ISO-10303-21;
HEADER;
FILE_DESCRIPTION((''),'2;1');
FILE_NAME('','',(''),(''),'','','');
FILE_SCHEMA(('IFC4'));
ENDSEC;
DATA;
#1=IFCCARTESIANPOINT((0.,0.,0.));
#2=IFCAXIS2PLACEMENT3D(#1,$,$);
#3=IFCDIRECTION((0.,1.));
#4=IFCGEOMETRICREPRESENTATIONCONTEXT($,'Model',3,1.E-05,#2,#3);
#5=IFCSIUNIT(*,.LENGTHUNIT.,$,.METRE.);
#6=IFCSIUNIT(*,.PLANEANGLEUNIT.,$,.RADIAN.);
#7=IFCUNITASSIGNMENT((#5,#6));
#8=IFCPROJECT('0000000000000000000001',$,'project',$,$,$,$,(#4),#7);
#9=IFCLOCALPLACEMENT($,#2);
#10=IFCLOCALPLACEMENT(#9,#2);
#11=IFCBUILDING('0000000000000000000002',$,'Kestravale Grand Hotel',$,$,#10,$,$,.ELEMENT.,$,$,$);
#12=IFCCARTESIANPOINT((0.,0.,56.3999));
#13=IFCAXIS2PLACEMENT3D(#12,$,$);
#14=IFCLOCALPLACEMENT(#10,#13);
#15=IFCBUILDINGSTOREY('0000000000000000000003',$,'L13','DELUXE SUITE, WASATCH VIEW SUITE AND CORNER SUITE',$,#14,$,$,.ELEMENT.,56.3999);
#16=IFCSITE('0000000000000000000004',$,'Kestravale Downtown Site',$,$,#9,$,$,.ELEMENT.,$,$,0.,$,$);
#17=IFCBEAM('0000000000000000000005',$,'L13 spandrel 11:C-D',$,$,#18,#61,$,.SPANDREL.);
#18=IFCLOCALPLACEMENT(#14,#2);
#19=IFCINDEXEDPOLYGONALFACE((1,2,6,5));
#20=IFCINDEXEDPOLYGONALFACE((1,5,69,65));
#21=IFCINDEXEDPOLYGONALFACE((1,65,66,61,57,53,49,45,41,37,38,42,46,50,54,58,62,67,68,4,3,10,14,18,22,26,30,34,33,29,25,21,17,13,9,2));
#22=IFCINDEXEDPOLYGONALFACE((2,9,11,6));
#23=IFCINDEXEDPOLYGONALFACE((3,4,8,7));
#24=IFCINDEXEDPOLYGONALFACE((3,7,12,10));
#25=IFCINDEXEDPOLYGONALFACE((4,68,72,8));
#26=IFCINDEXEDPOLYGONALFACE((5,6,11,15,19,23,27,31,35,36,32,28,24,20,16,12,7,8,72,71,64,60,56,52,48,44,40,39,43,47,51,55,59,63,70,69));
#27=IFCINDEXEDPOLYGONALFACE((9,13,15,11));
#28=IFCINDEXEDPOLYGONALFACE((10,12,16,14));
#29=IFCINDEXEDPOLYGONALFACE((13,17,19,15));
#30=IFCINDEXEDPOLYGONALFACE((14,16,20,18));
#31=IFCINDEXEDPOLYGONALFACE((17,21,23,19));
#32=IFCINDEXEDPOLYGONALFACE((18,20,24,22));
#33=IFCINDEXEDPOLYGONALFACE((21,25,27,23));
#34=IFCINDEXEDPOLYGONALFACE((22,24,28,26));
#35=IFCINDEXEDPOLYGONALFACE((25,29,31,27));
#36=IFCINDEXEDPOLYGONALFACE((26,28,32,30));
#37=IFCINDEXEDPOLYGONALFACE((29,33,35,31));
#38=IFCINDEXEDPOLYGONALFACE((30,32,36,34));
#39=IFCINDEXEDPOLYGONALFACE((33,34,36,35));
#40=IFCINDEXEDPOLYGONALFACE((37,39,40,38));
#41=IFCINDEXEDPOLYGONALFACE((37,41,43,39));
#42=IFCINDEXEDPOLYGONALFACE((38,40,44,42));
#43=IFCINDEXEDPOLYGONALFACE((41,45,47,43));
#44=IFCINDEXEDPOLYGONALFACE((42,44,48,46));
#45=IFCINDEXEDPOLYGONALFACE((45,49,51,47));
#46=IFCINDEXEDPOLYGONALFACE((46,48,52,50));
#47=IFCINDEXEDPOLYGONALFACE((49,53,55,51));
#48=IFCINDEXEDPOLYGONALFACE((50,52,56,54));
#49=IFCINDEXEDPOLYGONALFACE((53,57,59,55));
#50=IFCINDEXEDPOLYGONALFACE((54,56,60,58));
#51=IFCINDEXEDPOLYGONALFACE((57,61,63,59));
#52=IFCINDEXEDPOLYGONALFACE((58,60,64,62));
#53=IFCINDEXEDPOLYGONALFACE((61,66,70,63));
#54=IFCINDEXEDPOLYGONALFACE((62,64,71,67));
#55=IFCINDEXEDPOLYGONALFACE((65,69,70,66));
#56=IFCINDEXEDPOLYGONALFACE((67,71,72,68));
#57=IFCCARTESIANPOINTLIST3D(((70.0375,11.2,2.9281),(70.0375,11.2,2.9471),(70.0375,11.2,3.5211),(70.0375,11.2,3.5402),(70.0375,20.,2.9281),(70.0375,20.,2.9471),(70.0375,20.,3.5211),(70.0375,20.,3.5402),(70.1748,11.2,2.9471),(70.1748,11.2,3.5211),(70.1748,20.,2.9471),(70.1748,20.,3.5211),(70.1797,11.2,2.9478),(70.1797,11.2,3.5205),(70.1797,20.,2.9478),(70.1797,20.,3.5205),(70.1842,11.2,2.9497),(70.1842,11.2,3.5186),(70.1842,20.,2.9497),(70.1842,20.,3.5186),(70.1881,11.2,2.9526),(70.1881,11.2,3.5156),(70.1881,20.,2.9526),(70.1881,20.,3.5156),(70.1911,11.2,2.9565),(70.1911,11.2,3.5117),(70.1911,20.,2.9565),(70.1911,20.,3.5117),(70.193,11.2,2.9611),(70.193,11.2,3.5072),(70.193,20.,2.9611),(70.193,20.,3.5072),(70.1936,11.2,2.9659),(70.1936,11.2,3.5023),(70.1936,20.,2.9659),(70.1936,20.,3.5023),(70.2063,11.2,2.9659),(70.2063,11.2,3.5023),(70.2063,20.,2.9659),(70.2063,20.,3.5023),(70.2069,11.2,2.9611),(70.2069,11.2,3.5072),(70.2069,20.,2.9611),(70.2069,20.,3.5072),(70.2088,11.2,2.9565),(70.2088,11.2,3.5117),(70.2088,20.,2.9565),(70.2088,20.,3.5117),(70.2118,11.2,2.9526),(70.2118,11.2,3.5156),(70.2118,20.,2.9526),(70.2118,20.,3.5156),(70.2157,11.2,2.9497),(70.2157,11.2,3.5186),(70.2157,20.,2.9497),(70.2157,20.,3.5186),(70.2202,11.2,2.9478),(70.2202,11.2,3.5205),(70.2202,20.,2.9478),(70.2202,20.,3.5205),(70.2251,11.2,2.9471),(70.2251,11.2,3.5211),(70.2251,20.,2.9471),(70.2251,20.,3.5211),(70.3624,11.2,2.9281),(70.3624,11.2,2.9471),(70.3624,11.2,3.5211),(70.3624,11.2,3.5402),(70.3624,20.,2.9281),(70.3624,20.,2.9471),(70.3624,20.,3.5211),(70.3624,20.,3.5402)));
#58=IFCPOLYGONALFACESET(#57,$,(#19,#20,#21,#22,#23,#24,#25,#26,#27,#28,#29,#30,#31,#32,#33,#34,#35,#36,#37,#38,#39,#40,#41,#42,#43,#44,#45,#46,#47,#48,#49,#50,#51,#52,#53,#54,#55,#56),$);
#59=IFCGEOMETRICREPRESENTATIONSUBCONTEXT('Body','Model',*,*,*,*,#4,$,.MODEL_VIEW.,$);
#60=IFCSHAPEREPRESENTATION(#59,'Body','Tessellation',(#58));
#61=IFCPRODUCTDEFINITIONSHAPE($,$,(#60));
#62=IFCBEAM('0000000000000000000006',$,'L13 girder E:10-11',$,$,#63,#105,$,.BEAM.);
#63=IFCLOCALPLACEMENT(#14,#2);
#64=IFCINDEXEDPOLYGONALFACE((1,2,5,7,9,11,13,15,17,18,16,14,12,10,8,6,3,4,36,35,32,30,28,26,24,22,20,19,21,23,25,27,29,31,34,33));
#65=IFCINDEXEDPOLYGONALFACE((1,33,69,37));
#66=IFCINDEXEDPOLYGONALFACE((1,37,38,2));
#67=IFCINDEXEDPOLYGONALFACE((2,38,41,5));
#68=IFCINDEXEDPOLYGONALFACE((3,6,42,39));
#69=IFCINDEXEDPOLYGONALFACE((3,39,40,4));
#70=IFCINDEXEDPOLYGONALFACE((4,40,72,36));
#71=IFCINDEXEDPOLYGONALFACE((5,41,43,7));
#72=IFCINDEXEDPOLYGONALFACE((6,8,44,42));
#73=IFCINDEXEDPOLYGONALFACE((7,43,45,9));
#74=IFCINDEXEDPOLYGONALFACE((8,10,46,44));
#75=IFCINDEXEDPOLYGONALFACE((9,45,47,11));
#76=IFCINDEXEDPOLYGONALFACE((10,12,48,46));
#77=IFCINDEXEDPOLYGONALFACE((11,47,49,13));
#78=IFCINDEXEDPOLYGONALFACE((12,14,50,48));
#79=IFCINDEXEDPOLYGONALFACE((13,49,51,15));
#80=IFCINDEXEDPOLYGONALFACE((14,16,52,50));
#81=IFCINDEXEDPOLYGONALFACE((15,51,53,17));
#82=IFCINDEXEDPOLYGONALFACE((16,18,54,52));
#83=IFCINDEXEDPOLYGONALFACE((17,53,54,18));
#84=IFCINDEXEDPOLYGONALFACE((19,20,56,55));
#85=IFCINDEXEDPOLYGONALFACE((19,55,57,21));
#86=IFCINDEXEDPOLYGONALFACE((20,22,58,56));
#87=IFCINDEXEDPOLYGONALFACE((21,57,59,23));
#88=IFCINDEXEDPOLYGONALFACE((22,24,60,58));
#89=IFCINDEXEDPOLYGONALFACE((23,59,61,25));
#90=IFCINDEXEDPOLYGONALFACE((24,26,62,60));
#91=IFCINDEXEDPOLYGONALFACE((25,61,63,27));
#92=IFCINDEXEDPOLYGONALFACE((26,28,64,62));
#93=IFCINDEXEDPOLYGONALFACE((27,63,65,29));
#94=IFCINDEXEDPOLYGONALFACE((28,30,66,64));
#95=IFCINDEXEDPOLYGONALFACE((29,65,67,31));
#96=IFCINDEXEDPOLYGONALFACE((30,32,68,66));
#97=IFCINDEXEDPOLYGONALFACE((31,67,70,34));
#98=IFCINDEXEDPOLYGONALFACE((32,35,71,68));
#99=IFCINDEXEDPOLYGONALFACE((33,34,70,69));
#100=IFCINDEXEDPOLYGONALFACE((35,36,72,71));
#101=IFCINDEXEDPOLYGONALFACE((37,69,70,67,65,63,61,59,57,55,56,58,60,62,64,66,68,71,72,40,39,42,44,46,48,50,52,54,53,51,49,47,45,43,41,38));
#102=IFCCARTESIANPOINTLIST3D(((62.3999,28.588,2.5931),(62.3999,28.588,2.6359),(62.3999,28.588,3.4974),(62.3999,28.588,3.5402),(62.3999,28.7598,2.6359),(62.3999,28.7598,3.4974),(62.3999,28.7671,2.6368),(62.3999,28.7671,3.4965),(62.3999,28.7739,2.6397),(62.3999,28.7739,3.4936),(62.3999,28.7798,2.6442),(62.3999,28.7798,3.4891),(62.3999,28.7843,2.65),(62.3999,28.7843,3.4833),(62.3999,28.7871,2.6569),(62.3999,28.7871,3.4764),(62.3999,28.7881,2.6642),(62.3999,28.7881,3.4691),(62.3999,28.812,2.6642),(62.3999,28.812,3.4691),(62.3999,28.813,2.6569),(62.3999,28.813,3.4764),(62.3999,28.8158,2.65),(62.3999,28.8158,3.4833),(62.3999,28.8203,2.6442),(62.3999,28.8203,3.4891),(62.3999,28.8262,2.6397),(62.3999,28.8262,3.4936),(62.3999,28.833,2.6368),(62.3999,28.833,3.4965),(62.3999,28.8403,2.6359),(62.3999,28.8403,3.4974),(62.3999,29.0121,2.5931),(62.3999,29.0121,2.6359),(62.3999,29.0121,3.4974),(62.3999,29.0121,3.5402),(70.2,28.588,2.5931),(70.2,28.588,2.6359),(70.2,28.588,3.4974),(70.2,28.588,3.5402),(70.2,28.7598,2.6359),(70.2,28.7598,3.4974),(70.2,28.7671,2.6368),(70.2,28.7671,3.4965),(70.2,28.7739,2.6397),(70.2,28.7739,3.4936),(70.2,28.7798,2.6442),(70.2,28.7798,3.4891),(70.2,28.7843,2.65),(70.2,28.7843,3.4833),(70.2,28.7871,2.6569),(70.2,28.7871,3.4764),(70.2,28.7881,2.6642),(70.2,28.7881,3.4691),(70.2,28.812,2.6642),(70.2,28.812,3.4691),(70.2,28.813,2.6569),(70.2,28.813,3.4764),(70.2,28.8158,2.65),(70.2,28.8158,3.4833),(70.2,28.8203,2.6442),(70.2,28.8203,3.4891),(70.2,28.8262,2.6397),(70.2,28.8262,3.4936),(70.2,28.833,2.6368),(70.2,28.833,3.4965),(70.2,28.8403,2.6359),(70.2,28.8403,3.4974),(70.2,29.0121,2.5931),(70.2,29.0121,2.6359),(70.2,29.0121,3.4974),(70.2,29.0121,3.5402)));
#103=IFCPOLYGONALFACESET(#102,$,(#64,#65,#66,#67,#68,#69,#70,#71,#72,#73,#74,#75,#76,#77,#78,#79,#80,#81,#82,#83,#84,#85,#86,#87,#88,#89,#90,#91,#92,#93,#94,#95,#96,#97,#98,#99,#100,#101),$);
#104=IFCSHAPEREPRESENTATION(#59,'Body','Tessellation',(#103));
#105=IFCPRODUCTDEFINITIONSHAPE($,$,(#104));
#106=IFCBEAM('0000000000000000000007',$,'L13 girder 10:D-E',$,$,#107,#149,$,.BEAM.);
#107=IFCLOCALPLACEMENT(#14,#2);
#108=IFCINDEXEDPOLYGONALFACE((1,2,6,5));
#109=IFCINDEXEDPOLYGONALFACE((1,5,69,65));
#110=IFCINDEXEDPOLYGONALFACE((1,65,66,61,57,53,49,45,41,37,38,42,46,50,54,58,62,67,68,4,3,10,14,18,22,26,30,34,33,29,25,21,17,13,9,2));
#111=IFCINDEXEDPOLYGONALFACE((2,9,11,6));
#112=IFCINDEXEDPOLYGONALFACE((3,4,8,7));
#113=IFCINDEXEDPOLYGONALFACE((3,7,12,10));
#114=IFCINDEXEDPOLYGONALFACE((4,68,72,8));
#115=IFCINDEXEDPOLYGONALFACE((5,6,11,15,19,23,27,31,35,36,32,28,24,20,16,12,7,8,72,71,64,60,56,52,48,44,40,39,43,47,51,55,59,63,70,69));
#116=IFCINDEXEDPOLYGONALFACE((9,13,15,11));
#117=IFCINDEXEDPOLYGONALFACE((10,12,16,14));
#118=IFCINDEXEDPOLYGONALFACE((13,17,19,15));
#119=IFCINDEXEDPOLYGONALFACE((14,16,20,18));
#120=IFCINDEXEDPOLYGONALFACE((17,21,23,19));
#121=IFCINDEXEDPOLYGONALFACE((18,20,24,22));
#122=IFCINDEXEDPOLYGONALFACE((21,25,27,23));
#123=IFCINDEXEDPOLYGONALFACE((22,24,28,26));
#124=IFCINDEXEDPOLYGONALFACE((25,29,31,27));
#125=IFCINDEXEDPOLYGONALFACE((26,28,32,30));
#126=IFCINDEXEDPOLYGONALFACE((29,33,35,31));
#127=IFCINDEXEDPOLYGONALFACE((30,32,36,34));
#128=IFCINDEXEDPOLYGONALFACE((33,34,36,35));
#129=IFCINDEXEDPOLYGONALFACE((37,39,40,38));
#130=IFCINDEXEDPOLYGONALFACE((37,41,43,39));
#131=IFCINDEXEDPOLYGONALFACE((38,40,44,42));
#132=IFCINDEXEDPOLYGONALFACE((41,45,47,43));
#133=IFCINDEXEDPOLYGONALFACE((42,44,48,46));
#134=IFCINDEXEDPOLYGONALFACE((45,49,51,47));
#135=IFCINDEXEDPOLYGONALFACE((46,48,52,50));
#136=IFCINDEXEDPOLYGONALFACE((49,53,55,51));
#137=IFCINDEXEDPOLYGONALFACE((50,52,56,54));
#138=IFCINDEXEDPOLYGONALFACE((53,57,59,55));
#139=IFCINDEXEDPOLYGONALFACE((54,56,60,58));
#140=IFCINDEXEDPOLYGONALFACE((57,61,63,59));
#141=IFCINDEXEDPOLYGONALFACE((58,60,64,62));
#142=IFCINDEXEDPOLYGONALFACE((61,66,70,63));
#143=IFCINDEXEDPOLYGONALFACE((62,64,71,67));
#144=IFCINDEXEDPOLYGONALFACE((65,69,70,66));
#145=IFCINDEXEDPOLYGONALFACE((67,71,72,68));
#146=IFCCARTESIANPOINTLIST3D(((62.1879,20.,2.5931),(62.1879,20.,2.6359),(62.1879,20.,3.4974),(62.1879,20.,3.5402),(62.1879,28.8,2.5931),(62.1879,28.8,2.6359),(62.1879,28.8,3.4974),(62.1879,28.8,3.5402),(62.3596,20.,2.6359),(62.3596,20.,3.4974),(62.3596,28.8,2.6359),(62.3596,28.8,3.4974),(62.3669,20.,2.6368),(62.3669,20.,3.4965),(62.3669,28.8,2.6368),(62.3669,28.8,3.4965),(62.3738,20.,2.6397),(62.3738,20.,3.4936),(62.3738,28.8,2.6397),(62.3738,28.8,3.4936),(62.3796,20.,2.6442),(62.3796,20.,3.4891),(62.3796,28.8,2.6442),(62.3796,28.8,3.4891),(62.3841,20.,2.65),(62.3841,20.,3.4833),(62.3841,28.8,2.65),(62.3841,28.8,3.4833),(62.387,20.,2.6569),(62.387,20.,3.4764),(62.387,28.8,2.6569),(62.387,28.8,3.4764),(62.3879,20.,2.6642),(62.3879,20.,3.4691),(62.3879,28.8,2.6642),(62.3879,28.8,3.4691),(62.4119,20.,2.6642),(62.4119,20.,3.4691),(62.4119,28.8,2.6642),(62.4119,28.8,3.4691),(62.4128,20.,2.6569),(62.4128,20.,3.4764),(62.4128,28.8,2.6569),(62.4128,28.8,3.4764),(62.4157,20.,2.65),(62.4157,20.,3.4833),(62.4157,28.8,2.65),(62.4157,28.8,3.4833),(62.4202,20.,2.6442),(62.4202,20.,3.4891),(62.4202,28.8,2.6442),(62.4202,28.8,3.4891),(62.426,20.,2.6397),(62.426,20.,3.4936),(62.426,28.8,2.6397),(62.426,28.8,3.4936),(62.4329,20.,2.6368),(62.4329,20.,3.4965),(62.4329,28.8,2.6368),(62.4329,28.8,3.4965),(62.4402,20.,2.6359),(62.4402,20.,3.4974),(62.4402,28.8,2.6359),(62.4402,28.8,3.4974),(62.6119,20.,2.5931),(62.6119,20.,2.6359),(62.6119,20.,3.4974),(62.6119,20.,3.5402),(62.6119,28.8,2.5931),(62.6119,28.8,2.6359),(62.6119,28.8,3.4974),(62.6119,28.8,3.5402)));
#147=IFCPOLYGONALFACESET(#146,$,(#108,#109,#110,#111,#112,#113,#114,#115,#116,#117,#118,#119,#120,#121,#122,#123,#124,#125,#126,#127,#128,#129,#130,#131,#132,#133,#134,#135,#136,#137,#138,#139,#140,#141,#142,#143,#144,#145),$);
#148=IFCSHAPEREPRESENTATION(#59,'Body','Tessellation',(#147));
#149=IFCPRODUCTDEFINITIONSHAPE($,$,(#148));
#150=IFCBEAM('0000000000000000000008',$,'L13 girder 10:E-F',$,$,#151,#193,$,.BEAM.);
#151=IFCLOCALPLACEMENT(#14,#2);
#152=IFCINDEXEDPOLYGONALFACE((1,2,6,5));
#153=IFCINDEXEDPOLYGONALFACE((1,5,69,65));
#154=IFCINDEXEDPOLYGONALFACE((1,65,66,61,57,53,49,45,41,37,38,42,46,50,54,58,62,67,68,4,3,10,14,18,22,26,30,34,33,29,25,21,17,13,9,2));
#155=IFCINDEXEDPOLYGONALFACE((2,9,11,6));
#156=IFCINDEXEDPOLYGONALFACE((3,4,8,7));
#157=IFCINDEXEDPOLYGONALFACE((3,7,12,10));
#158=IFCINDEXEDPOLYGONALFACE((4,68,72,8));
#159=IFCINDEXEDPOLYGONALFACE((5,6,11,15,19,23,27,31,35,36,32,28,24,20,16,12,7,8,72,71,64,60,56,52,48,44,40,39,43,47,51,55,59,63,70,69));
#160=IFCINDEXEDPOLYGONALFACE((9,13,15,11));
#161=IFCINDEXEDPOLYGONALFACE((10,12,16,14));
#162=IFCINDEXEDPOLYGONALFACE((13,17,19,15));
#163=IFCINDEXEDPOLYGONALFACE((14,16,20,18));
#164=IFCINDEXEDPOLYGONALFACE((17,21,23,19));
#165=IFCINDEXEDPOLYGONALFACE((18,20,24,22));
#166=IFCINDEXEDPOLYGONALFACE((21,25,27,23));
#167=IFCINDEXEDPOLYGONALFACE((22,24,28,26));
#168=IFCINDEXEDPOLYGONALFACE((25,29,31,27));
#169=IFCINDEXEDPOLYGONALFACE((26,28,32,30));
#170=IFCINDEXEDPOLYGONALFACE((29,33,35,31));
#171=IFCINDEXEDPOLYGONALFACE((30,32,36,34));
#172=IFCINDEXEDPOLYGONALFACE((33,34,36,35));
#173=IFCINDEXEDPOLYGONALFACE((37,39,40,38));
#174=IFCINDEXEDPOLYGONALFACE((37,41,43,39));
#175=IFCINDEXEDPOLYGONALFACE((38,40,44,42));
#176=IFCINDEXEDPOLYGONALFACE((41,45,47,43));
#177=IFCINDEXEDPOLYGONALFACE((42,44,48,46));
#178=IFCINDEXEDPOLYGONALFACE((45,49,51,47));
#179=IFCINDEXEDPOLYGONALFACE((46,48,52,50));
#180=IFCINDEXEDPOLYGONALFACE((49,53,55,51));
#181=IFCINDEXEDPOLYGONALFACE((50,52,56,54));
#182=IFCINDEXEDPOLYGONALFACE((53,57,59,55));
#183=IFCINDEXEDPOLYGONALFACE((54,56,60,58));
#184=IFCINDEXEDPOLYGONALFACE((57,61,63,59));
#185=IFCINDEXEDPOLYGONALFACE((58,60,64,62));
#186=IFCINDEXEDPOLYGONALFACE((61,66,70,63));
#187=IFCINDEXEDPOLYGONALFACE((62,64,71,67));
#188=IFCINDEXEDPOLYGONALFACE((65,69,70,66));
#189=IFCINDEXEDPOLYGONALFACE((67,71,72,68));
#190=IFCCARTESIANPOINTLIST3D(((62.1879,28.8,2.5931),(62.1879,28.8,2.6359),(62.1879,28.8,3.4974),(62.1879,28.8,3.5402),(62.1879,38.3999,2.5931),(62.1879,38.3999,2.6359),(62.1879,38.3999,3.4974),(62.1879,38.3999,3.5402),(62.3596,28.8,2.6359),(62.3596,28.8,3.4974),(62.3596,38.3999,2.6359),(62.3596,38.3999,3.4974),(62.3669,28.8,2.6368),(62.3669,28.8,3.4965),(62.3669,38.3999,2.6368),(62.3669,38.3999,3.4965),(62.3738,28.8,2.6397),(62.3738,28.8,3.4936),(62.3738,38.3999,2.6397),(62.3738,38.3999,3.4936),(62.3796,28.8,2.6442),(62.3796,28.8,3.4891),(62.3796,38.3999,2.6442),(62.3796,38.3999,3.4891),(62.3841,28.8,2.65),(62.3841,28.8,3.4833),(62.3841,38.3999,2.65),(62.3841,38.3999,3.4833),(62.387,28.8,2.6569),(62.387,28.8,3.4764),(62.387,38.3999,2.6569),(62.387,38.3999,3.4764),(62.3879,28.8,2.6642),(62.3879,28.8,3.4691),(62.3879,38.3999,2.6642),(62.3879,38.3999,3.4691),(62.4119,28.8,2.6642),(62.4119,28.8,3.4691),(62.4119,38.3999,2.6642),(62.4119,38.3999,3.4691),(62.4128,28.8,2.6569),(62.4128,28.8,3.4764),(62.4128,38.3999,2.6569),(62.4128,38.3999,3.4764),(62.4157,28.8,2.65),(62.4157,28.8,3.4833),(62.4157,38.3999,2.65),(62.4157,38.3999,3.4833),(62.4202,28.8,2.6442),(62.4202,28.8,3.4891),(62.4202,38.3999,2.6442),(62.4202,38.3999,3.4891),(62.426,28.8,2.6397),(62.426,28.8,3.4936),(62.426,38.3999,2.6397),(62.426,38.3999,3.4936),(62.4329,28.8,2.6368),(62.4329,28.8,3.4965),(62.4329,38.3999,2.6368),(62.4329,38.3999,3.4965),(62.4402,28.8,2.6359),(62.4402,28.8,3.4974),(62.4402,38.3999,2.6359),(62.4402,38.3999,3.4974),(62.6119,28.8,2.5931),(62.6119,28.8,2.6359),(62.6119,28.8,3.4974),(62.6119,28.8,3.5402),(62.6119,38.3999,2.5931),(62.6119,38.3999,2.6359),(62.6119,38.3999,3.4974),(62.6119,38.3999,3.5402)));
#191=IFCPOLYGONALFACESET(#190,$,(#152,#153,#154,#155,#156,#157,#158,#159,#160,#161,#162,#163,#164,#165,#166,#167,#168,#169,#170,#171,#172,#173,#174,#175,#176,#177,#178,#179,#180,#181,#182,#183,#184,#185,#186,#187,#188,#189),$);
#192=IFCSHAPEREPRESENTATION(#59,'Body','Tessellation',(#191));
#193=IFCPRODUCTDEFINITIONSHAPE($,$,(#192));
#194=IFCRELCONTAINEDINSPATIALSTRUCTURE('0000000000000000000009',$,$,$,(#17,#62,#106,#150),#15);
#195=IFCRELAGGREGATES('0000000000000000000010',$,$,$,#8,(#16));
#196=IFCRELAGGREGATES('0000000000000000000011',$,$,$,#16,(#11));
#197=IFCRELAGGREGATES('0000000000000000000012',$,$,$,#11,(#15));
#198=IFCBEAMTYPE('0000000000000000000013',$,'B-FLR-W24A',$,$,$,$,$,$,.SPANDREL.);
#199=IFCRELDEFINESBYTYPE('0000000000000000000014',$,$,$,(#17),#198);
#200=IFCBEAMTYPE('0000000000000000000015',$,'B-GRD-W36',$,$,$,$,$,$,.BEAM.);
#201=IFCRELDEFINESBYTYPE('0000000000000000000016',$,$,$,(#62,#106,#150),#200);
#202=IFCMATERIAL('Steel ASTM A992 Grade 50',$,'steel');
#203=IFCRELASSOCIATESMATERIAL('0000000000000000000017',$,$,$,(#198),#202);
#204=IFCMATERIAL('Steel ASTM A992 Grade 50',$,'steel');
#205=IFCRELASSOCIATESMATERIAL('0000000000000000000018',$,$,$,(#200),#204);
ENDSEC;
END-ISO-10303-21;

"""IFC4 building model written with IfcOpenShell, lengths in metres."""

from ifc_helpers import new_model, si_unit, direction, frame, origin, origin_2d, place, context, subcontext, project, spatial, i_section, extrude, material, material_profile, profile_set, type_object, element, save


model = new_model("IFC4")

# Units and contexts
model_context = context("Model", 3, precision=1e-05, world=origin(), true_north=direction((0.0, 1.0)))
body_context = subcontext(model_context, "Body", "Model", "MODEL_VIEW")
ifc_project = project(units=[si_unit("LENGTHUNIT", "METRE"), si_unit("PLANEANGLEUNIT", "RADIAN")], contexts=[model_context])

# Site, building, storey
site_placement = place(None, origin())
site = spatial("IfcSite", under=ifc_project, at=site_placement, Name="Kestravale Downtown Site", CompositionType="ELEMENT", RefElevation=0.0)
building_placement = place(site_placement, origin())
building = spatial("IfcBuilding", under=site, at=building_placement, Name="Kestravale Grand Hotel", CompositionType="ELEMENT")
storey_placement = place(building_placement, frame((0.0, 0.0, 56.3999)))
storey = spatial("IfcBuildingStorey", under=building, at=storey_placement, Name="L13", Description="DELUXE SUITE, WASATCH VIEW SUITE AND CORNER SUITE", CompositionType="ELEMENT", Elevation=56.3999)

# Beams
ifc_material_1 = material(Name="Steel ASTM A992 Grade 50", Category="steel")
ifc_material_profile_1 = material_profile(ifc_material_1, i_section(OverallWidth=0.325, OverallDepth=0.6121, WebThickness=0.0127, FlangeThickness=0.019, FilletRadius=0.0188, at=origin_2d()))
ifc_profile_set_1 = profile_set([ifc_material_profile_1], Name="Steel ASTM A992 Grade 50")
beam_type_1 = type_object("IfcBeamType", Name="B-FLR-W24A", PredefinedType="SPANDREL", material=ifc_profile_set_1)
beam_1_placement = place(storey_placement, frame((70.2, 11.2, 3.2341), z_axis=(0.0, 1.0, 0.0), x_axis=(-1.0, 0.0, 0.0)))
element("IfcBeam", 1, at=beam_1_placement, inside=storey, type_object=beam_type_1, Name="L13 spandrel 11:C-D", PredefinedType="SPANDREL", context=body_context, shape_type="SweptSolid", body=[
    extrude(i_section(OverallWidth=0.325, OverallDepth=0.6121, WebThickness=0.0127, FlangeThickness=0.019, FilletRadius=0.0188, at=origin_2d()), origin(), (0.0, 0.0, 1.0), 8.8),
])
ifc_material_2 = material(Name="Steel ASTM A992 Grade 50", Category="steel")
ifc_material_profile_2 = material_profile(ifc_material_2, i_section(OverallWidth=0.4241, OverallDepth=0.947, WebThickness=0.0239, FlangeThickness=0.0427, FilletRadius=0.0283, at=origin_2d()))
ifc_profile_set_2 = profile_set([ifc_material_profile_2], Name="Steel ASTM A992 Grade 50")
beam_type_2 = type_object("IfcBeamType", Name="B-GRD-W36", PredefinedType="BEAM", material=ifc_profile_set_2)
beam_2_placement = place(storey_placement, frame((62.3999, 28.8, 3.0667), z_axis=(1.0, 0.0, 0.0), x_axis=(0.0, 1.0, 0.0)))
element("IfcBeam", 2, at=beam_2_placement, inside=storey, type_object=beam_type_2, Name="L13 girder E:10-11", PredefinedType="BEAM", context=body_context, shape_type="SweptSolid", body=[
    extrude(i_section(OverallWidth=0.4241, OverallDepth=0.947, WebThickness=0.0239, FlangeThickness=0.0427, FilletRadius=0.0283, at=origin_2d()), origin(), (0.0, 0.0, 1.0), 7.8),
])
beam_3_placement = place(storey_placement, frame((62.3999, 20.0, 3.0667), z_axis=(0.0, 1.0, 0.0), x_axis=(-1.0, 0.0, 0.0)))
element("IfcBeam", 3, at=beam_3_placement, inside=storey, type_object=beam_type_2, Name="L13 girder 10:D-E", PredefinedType="BEAM", context=body_context, shape_type="SweptSolid", body=[
    extrude(i_section(OverallWidth=0.4241, OverallDepth=0.947, WebThickness=0.0239, FlangeThickness=0.0427, FilletRadius=0.0283, at=origin_2d()), origin(), (0.0, 0.0, 1.0), 8.8),
])
beam_4_placement = place(storey_placement, frame((62.3999, 28.8, 3.0667), z_axis=(0.0, 1.0, 0.0), x_axis=(-1.0, 0.0, 0.0)))
element("IfcBeam", 4, at=beam_4_placement, inside=storey, type_object=beam_type_2, Name="L13 girder 10:E-F", PredefinedType="BEAM", context=body_context, shape_type="SweptSolid", body=[
    extrude(i_section(OverallWidth=0.4241, OverallDepth=0.947, WebThickness=0.0239, FlangeThickness=0.0427, FilletRadius=0.0283, at=origin_2d()), origin(), (0.0, 0.0, 1.0), 9.5999),
])

save(model, "model.ifc")
